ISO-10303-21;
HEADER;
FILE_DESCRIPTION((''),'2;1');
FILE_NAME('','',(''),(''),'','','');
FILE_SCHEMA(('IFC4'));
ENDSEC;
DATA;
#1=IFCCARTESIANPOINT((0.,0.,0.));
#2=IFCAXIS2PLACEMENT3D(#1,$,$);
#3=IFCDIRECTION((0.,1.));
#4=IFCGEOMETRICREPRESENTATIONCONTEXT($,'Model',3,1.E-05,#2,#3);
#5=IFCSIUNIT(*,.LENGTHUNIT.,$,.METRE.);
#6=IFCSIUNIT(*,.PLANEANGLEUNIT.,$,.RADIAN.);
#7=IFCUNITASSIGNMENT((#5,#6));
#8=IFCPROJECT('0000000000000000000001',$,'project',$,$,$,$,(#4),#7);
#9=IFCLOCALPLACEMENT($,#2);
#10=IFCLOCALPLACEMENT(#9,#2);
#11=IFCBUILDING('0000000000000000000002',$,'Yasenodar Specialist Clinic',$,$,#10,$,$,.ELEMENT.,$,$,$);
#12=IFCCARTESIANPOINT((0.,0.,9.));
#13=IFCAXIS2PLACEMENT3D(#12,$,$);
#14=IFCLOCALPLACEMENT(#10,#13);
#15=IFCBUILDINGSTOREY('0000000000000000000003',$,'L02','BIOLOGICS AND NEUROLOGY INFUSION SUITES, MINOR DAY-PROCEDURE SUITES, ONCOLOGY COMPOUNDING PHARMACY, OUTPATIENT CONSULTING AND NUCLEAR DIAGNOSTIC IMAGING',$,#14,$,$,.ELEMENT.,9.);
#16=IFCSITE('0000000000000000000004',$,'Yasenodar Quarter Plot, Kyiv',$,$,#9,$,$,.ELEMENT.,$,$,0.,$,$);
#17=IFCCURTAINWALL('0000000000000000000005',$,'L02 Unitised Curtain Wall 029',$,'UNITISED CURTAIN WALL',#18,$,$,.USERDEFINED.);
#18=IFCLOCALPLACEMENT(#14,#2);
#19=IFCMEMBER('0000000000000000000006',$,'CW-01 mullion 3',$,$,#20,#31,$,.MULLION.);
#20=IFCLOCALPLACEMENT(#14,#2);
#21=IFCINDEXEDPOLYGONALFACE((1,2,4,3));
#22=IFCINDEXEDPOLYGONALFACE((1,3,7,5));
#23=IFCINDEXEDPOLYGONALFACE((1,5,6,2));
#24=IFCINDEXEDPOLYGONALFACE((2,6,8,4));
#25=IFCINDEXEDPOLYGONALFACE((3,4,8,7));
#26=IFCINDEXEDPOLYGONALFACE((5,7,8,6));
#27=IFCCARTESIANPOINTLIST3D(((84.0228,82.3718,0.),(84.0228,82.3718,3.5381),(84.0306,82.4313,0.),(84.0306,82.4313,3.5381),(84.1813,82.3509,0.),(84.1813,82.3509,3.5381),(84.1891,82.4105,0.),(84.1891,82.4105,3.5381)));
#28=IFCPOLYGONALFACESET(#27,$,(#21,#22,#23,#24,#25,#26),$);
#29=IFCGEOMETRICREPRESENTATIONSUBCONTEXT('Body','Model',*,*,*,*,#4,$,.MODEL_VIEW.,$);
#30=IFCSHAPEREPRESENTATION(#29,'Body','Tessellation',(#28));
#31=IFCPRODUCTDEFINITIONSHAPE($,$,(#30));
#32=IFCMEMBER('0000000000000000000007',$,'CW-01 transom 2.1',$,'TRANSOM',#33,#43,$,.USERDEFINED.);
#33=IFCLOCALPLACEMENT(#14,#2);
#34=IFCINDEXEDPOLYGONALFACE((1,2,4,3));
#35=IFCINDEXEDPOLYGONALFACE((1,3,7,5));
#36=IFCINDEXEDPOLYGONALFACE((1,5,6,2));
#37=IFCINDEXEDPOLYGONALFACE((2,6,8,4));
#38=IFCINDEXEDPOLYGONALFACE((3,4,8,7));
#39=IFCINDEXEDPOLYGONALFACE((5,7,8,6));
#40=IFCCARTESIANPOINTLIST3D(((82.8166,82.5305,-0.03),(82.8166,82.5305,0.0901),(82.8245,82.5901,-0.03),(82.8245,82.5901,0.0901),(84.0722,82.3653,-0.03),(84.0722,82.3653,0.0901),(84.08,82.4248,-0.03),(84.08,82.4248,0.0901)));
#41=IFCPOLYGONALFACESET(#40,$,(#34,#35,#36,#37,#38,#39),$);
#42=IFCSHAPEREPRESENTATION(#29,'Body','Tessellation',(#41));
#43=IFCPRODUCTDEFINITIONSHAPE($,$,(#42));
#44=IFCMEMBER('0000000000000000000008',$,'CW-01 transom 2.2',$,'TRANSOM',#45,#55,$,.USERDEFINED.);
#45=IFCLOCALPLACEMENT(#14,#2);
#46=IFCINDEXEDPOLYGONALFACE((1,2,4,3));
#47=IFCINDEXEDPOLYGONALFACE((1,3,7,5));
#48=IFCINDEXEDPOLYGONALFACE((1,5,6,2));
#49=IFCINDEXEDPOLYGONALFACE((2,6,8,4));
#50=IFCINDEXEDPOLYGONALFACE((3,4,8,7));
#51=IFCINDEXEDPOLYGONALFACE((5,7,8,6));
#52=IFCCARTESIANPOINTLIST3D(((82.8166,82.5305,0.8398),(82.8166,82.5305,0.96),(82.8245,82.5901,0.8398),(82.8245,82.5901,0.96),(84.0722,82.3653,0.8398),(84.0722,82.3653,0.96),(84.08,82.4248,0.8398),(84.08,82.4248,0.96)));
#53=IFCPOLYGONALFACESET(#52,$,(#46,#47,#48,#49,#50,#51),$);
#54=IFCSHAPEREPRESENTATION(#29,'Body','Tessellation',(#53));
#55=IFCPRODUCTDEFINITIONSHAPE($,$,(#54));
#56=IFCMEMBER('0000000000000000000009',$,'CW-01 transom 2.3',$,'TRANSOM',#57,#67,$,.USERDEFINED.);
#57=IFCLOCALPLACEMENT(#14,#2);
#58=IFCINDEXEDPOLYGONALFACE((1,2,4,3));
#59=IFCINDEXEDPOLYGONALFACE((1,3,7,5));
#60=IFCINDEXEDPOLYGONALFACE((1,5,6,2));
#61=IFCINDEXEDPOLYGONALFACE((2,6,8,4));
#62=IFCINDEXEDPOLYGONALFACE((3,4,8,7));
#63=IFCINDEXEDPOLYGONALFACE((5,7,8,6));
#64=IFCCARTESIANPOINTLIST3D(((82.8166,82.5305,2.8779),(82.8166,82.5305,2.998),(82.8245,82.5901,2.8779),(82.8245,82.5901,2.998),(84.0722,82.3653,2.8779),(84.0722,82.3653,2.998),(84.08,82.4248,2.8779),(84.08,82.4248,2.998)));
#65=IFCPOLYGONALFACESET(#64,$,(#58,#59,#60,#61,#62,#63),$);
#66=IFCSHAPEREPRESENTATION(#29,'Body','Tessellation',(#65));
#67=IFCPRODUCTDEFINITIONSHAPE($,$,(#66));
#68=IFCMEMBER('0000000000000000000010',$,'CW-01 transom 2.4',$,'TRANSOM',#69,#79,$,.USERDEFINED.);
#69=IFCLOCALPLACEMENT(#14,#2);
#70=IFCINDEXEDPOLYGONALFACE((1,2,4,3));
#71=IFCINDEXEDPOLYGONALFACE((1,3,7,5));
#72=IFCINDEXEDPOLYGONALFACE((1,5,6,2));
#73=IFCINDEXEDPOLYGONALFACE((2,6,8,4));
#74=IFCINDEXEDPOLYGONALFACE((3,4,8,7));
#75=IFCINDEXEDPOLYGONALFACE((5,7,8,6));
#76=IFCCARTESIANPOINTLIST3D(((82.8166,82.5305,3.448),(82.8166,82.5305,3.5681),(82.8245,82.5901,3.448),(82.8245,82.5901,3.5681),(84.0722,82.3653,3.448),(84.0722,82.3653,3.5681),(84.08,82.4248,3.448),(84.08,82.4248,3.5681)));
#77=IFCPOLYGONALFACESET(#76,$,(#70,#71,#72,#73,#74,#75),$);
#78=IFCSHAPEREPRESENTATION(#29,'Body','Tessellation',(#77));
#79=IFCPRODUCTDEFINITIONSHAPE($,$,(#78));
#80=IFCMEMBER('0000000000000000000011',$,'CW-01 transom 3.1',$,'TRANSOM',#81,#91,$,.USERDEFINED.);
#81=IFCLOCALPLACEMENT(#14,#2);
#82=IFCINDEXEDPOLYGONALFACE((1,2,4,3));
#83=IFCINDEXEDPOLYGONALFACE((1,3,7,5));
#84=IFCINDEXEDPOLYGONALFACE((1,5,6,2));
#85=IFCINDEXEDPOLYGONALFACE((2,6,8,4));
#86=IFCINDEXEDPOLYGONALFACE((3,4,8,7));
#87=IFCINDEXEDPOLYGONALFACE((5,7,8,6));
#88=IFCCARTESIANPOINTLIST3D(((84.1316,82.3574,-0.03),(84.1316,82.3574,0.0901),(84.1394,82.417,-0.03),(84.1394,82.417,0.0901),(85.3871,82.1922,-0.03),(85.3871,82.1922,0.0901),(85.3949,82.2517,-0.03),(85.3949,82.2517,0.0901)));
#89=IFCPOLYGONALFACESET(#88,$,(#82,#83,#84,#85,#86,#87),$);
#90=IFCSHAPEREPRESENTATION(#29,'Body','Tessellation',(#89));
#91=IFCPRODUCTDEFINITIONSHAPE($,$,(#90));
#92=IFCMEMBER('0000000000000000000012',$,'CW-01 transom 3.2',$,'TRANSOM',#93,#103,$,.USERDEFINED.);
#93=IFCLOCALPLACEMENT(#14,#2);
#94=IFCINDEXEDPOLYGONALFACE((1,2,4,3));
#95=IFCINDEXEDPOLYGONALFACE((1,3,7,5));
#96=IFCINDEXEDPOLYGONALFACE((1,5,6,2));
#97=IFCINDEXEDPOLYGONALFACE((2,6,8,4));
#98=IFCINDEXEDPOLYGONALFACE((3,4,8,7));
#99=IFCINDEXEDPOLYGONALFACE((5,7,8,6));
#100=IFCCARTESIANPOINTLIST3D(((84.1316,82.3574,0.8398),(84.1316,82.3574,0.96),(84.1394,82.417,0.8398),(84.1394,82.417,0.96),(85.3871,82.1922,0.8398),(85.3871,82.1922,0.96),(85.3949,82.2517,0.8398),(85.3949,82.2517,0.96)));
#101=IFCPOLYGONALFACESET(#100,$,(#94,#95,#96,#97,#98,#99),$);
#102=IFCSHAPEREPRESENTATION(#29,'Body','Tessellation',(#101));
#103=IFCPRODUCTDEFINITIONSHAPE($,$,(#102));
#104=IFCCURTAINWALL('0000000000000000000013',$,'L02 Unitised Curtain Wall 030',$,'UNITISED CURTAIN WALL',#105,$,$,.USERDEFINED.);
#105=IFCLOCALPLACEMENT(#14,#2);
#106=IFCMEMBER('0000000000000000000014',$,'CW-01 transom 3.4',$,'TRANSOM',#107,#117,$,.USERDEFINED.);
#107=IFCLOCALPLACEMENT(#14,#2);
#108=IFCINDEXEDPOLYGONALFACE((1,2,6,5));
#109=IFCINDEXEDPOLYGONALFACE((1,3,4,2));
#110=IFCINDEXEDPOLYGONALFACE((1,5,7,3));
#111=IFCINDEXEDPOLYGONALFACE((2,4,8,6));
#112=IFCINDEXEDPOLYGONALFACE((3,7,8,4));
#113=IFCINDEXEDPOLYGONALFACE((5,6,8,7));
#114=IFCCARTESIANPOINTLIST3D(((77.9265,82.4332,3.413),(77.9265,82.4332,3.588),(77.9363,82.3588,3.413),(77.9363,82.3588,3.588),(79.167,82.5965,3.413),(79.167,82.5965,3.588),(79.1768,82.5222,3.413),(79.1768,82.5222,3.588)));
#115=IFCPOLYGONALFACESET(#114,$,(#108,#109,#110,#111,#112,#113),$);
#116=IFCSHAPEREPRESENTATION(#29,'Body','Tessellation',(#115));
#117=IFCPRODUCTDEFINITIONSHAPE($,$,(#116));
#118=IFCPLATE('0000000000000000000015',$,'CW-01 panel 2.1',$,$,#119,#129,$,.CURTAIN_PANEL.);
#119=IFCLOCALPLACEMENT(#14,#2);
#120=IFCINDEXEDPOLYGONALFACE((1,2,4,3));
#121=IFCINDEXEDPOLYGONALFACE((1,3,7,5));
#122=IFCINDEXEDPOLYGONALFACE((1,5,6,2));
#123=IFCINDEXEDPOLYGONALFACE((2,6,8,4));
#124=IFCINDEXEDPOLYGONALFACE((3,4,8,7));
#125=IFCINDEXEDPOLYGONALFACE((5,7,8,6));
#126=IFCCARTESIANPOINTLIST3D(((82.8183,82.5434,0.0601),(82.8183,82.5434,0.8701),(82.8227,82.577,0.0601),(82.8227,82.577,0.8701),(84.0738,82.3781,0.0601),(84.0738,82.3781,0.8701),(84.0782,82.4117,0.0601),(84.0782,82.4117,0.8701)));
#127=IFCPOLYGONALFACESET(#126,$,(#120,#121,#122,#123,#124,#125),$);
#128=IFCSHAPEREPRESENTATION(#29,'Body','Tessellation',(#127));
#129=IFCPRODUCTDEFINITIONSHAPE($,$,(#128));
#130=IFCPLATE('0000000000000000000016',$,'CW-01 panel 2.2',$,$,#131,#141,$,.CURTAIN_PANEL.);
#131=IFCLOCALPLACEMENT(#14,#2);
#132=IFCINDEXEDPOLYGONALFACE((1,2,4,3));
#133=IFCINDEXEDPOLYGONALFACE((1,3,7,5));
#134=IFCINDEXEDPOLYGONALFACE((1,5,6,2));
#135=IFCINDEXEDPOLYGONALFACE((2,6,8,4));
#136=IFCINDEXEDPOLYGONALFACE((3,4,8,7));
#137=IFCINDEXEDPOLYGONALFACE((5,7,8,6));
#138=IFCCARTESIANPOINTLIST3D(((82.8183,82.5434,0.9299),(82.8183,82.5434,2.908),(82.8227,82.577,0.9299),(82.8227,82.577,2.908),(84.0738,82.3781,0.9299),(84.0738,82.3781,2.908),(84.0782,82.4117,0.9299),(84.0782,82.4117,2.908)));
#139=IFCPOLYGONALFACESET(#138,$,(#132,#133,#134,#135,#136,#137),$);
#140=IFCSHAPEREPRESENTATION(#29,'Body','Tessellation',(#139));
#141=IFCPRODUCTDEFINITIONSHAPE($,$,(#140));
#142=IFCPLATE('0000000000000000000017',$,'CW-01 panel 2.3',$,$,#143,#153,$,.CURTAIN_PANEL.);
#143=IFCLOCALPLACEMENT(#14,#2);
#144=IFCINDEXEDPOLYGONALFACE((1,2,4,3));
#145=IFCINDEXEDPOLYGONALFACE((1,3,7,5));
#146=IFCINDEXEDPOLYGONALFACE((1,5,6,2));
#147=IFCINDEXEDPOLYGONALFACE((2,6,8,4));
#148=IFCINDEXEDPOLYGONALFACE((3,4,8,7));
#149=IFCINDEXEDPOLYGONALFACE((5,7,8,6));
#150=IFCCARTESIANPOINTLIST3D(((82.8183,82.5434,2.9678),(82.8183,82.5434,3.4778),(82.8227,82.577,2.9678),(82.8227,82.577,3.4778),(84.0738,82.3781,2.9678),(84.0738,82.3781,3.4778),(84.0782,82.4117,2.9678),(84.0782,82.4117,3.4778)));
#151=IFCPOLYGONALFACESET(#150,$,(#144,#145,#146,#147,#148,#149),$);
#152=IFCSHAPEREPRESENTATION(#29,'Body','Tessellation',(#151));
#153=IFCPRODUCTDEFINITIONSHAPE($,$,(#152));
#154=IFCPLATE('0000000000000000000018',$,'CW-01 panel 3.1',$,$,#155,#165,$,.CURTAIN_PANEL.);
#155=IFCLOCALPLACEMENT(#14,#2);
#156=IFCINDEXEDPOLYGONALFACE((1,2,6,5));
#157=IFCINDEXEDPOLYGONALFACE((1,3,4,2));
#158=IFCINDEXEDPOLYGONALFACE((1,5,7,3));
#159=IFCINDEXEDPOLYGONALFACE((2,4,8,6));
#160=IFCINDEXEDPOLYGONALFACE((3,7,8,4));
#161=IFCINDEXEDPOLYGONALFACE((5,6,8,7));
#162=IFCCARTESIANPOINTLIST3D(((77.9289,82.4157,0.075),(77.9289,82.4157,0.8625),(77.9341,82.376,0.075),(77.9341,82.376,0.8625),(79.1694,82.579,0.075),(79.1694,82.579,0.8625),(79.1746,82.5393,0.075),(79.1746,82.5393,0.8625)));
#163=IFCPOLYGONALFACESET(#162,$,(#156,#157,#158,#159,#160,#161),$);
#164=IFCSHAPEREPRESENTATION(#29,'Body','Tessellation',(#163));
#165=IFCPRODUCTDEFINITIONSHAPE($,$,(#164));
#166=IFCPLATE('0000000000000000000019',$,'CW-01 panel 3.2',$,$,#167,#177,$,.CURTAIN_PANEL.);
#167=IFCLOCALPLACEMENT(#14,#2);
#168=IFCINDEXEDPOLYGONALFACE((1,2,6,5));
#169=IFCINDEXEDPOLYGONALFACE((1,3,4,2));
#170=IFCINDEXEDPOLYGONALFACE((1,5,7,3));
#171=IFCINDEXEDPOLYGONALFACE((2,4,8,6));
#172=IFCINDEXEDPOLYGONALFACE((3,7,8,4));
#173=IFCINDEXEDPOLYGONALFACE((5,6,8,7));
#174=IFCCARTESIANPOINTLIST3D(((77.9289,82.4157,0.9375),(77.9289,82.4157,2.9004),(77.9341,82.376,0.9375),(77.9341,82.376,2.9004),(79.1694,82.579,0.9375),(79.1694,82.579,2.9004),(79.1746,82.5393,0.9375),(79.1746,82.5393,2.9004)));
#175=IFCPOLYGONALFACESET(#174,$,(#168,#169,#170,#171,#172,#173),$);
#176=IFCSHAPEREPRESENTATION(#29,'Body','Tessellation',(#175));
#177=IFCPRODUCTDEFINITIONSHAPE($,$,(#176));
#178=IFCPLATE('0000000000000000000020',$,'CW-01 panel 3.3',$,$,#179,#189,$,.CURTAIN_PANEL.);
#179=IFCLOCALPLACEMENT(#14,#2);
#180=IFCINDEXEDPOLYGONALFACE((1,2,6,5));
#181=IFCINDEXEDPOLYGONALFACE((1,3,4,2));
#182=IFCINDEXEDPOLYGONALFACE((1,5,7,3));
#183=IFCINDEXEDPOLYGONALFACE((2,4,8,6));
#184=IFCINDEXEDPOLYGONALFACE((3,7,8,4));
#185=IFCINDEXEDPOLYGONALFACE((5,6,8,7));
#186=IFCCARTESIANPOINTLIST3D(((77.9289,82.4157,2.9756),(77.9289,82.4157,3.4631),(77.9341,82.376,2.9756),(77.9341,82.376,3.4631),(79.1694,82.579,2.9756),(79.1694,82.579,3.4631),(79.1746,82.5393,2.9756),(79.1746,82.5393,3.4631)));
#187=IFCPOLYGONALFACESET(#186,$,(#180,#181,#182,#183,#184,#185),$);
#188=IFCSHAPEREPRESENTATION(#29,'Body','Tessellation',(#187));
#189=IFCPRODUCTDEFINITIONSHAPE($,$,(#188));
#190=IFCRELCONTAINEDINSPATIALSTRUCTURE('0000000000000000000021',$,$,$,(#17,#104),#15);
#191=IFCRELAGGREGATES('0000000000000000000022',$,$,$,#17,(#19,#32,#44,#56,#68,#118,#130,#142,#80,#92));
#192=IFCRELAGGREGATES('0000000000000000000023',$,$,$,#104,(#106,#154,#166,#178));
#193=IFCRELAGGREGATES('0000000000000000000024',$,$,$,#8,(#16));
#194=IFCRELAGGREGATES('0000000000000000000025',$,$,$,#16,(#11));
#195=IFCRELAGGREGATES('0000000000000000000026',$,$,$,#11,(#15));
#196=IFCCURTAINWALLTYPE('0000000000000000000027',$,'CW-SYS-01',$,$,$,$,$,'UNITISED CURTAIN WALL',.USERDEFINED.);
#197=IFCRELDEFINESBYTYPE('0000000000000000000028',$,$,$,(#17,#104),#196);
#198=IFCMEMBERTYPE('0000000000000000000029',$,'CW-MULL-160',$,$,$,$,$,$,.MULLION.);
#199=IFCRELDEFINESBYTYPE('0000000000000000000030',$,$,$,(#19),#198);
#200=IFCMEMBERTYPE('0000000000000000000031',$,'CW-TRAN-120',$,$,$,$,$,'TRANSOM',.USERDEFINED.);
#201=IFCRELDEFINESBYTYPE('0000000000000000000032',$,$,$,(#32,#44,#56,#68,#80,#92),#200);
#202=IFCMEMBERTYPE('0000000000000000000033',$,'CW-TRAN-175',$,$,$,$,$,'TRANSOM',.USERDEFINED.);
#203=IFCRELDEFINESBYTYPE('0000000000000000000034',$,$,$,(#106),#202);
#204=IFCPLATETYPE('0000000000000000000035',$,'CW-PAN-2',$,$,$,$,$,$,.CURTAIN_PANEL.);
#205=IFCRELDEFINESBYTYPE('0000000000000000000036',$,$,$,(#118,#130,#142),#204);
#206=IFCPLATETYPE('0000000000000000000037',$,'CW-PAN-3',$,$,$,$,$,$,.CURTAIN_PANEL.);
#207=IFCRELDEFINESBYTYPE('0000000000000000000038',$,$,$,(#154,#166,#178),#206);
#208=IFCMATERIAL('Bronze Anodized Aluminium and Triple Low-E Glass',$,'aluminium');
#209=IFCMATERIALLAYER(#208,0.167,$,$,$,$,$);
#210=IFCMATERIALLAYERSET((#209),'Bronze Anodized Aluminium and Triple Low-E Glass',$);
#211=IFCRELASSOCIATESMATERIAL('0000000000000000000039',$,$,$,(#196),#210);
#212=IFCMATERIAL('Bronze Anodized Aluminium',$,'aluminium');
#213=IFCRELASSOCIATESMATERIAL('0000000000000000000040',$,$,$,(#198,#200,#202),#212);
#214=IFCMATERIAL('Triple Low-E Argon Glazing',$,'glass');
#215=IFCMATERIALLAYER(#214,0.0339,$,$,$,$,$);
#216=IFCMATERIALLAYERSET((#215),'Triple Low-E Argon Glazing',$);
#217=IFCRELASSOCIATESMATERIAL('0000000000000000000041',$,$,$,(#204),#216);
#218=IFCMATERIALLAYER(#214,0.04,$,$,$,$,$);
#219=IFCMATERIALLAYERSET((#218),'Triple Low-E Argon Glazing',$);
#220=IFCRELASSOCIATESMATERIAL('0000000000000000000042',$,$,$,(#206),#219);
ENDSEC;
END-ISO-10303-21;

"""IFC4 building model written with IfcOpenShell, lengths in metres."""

from ifc_helpers import new_model, si_unit, direction, frame, origin, origin_2d, place, context, subcontext, project, spatial, rectangle, extrude, material, layer, layer_set, material_profile, profile_set, type_object, element, aggregate, save


model = new_model("IFC4")

# Units and contexts
model_context = context("Model", 3, precision=1e-05, world=origin(), true_north=direction((0.0, 1.0)))
body_context = subcontext(model_context, "Body", "Model", "MODEL_VIEW")
ifc_project = project(units=[si_unit("LENGTHUNIT", "METRE"), si_unit("PLANEANGLEUNIT", "RADIAN")], contexts=[model_context])

# Site, building, storey
site_placement = place(None, origin())
site = spatial("IfcSite", under=ifc_project, at=site_placement, Name="Yasenodar Quarter Plot, Kyiv", CompositionType="ELEMENT", RefElevation=0.0)
building_placement = place(site_placement, origin())
building = spatial("IfcBuilding", under=site, at=building_placement, Name="Yasenodar Specialist Clinic", CompositionType="ELEMENT")
storey_placement = place(building_placement, frame((0.0, 0.0, 9.0)))
storey = spatial("IfcBuildingStorey", under=building, at=storey_placement, Name="L02", Description="BIOLOGICS AND NEUROLOGY INFUSION SUITES, MINOR DAY-PROCEDURE SUITES, ONCOLOGY COMPOUNDING PHARMACY, OUTPATIENT CONSULTING AND NUCLEAR DIAGNOSTIC IMAGING", CompositionType="ELEMENT", Elevation=9.0)

# Curtain wall, members
ifc_material_1 = material(Name="Bronze Anodized Aluminium and Triple Low-E Glass", Category="aluminium")
ifc_layer_1 = layer(ifc_material_1, 0.167)
ifc_layer_set_1 = layer_set([ifc_layer_1], Name="Bronze Anodized Aluminium and Triple Low-E Glass")
curtain_wall_type = type_object("IfcCurtainWallType", Name="CW-SYS-01", ElementType="UNITISED CURTAIN WALL", PredefinedType="USERDEFINED", material=ifc_layer_set_1)
curtain_wall_1_placement = place(storey_placement, origin())
curtain_wall_1 = element("IfcCurtainWall", 1, at=curtain_wall_1_placement, inside=storey, type_object=curtain_wall_type, Name="L02 Unitised Curtain Wall 029", ObjectType="UNITISED CURTAIN WALL", PredefinedType="USERDEFINED")
ifc_material_2 = material(Name="Bronze Anodized Aluminium", Category="aluminium")
ifc_material_profile_1 = material_profile(ifc_material_2, rectangle(XDim=0.0601, YDim=0.1599, at=origin_2d()), Name="CW-MULL 60x160")
ifc_profile_set_1 = profile_set([ifc_material_profile_1], Name="Bronze Anodized Aluminium")
member_type_1 = type_object("IfcMemberType", Name="CW-MULL-160", PredefinedType="MULLION", material=ifc_profile_set_1)
member_1_placement = place(storey_placement, frame((84.106, 82.3911, 0.0), z_axis=(0.0, 0.0, 1.0), x_axis=(0.130512, 0.991447, 0.0)))
member_1 = element("IfcMember", 2, at=member_1_placement, type_object=member_type_1, Name="CW-01 mullion 3", PredefinedType="MULLION", context=body_context, shape_type="SweptSolid", body=[
    extrude(rectangle(XDim=0.0601, YDim=0.1599, at=origin_2d()), origin(), (0.0, 0.0, 1.0), 3.5381),
])
ifc_material_profile_2 = material_profile(ifc_material_2, rectangle(XDim=0.0601, YDim=0.1201, at=origin_2d()), Name="CW-TRAN 60x120")
ifc_profile_set_2 = profile_set([ifc_material_profile_2], Name="Bronze Anodized Aluminium")
member_type_2 = type_object("IfcMemberType", Name="CW-TRAN-120", ElementType="TRANSOM", PredefinedType="USERDEFINED", material=ifc_profile_set_2)
member_2_placement = place(storey_placement, frame((82.8206, 82.5603, 0.03), z_axis=(0.991447, -0.130509, 0.0), x_axis=(0.130509, 0.991447, 0.0)))
member_2 = element("IfcMember", 3, at=member_2_placement, type_object=member_type_2, Name="CW-01 transom 2.1", ObjectType="TRANSOM", PredefinedType="USERDEFINED", context=body_context, shape_type="SweptSolid", body=[
    extrude(rectangle(XDim=0.0601, YDim=0.1201, at=origin_2d()), origin(), (0.0, 0.0, 1.0), 1.2664),
])
member_3_placement = place(storey_placement, frame((82.8206, 82.5603, 0.8999), z_axis=(0.991447, -0.130509, 0.0), x_axis=(0.130509, 0.991447, 0.0)))
member_3 = element("IfcMember", 4, at=member_3_placement, type_object=member_type_2, Name="CW-01 transom 2.2", ObjectType="TRANSOM", PredefinedType="USERDEFINED", context=body_context, shape_type="SweptSolid", body=[
    extrude(rectangle(XDim=0.0601, YDim=0.1201, at=origin_2d()), origin(), (0.0, 0.0, 1.0), 1.2664),
])
member_4_placement = place(storey_placement, frame((82.8206, 82.5603, 2.938), z_axis=(0.991447, -0.130509, 0.0), x_axis=(0.130509, 0.991447, 0.0)))
member_4 = element("IfcMember", 5, at=member_4_placement, type_object=member_type_2, Name="CW-01 transom 2.3", ObjectType="TRANSOM", PredefinedType="USERDEFINED", context=body_context, shape_type="SweptSolid", body=[
    extrude(rectangle(XDim=0.0601, YDim=0.1201, at=origin_2d()), origin(), (0.0, 0.0, 1.0), 1.2664),
])
member_5_placement = place(storey_placement, frame((82.8206, 82.5603, 3.5081), z_axis=(0.991447, -0.130509, 0.0), x_axis=(0.130509, 0.991447, 0.0)))
member_5 = element("IfcMember", 6, at=member_5_placement, type_object=member_type_2, Name="CW-01 transom 2.4", ObjectType="TRANSOM", PredefinedType="USERDEFINED", context=body_context, shape_type="SweptSolid", body=[
    extrude(rectangle(XDim=0.0601, YDim=0.1201, at=origin_2d()), origin(), (0.0, 0.0, 1.0), 1.2664),
])
member_6_placement = place(storey_placement, frame((84.1355, 82.3872, 0.03), z_axis=(0.991447, -0.130509, 0.0), x_axis=(0.130509, 0.991447, 0.0)))
member_6 = element("IfcMember", 7, at=member_6_placement, type_object=member_type_2, Name="CW-01 transom 3.1", ObjectType="TRANSOM", PredefinedType="USERDEFINED", context=body_context, shape_type="SweptSolid", body=[
    extrude(rectangle(XDim=0.0601, YDim=0.1201, at=origin_2d()), origin(), (0.0, 0.0, 1.0), 1.2664),
])
member_7_placement = place(storey_placement, frame((84.1355, 82.3872, 0.8999), z_axis=(0.991447, -0.130509, 0.0), x_axis=(0.130509, 0.991447, 0.0)))
member_7 = element("IfcMember", 8, at=member_7_placement, type_object=member_type_2, Name="CW-01 transom 3.2", ObjectType="TRANSOM", PredefinedType="USERDEFINED", context=body_context, shape_type="SweptSolid", body=[
    extrude(rectangle(XDim=0.0601, YDim=0.1201, at=origin_2d()), origin(), (0.0, 0.0, 1.0), 1.2664),
])

# Curtain wall, member
curtain_wall_2_placement = place(storey_placement, origin())
curtain_wall_2 = element("IfcCurtainWall", 9, at=curtain_wall_2_placement, inside=storey, type_object=curtain_wall_type, Name="L02 Unitised Curtain Wall 030", ObjectType="UNITISED CURTAIN WALL", PredefinedType="USERDEFINED")
ifc_material_profile_3 = material_profile(ifc_material_2, rectangle(XDim=0.075, YDim=0.175, at=origin_2d()), Name="CW-TRAN 75x175")
ifc_profile_set_3 = profile_set([ifc_material_profile_3], Name="Bronze Anodized Aluminium")
member_type_3 = type_object("IfcMemberType", Name="CW-TRAN-175", ElementType="TRANSOM", PredefinedType="USERDEFINED", material=ifc_profile_set_3)
member_8_placement = place(storey_placement, frame((77.9314, 82.396, 3.5005), z_axis=(0.991443, 0.13054, 0.0), x_axis=(-0.13054, 0.991443, 0.0)))
member_8 = element("IfcMember", 10, at=member_8_placement, type_object=member_type_3, Name="CW-01 transom 3.4", ObjectType="TRANSOM", PredefinedType="USERDEFINED", context=body_context, shape_type="SweptSolid", body=[
    extrude(rectangle(XDim=0.075, YDim=0.175, at=origin_2d()), origin(), (0.0, 0.0, 1.0), 1.2512),
])

# Plates
ifc_material_3 = material(Name="Triple Low-E Argon Glazing", Category="glass")
ifc_layer_2 = layer(ifc_material_3, 0.0339)
ifc_layer_set_2 = layer_set([ifc_layer_2], Name="Triple Low-E Argon Glazing")
plate_type_1 = type_object("IfcPlateType", Name="CW-PAN-2", PredefinedType="CURTAIN_PANEL", material=ifc_layer_set_2)
plate_1_placement = place(storey_placement, frame((83.4482, 82.4775, 0.0601), z_axis=(0.0, 0.0, 1.0), x_axis=(0.991447, -0.130512, 0.0)))
plate_1 = element("IfcPlate", 11, at=plate_1_placement, type_object=plate_type_1, Name="CW-01 panel 2.1", PredefinedType="CURTAIN_PANEL", context=body_context, shape_type="SweptSolid", body=[
    extrude(rectangle(XDim=1.2664, YDim=0.0339, at=origin_2d()), origin(), (0.0, 0.0, 1.0), 0.8101),
])
plate_2_placement = place(storey_placement, frame((83.4482, 82.4775, 0.9299), z_axis=(0.0, 0.0, 1.0), x_axis=(0.991447, -0.130512, 0.0)))
plate_2 = element("IfcPlate", 12, at=plate_2_placement, type_object=plate_type_1, Name="CW-01 panel 2.2", PredefinedType="CURTAIN_PANEL", context=body_context, shape_type="SweptSolid", body=[
    extrude(rectangle(XDim=1.2664, YDim=0.0339, at=origin_2d()), origin(), (0.0, 0.0, 1.0), 1.978),
])
plate_3_placement = place(storey_placement, frame((83.4482, 82.4775, 2.9678), z_axis=(0.0, 0.0, 1.0), x_axis=(0.991447, -0.130512, 0.0)))
plate_3 = element("IfcPlate", 13, at=plate_3_placement, type_object=plate_type_1, Name="CW-01 panel 2.3", PredefinedType="CURTAIN_PANEL", context=body_context, shape_type="SweptSolid", body=[
    extrude(rectangle(XDim=1.2664, YDim=0.0339, at=origin_2d()), origin(), (0.0, 0.0, 1.0), 0.51),
])
aggregate(curtain_wall_1, [member_1, member_2, member_3, member_4, member_5, plate_1, plate_2, plate_3, member_6, member_7])
ifc_layer_3 = layer(ifc_material_3, 0.04)
ifc_layer_set_3 = layer_set([ifc_layer_3], Name="Triple Low-E Argon Glazing")
plate_type_2 = type_object("IfcPlateType", Name="CW-PAN-3", PredefinedType="CURTAIN_PANEL", material=ifc_layer_set_3)
plate_4_placement = place(storey_placement, frame((78.5518, 82.4775, 0.075), z_axis=(0.0, 0.0, 1.0), x_axis=(0.991447, 0.130512, 0.0)))
plate_4 = element("IfcPlate", 14, at=plate_4_placement, type_object=plate_type_2, Name="CW-01 panel 3.1", PredefinedType="CURTAIN_PANEL", context=body_context, shape_type="SweptSolid", body=[
    extrude(rectangle(XDim=1.2512, YDim=0.04, at=origin_2d()), origin(), (0.0, 0.0, 1.0), 0.7876),
])
plate_5_placement = place(storey_placement, frame((78.5518, 82.4775, 0.9375), z_axis=(0.0, 0.0, 1.0), x_axis=(0.991447, 0.130512, 0.0)))
plate_5 = element("IfcPlate", 15, at=plate_5_placement, type_object=plate_type_2, Name="CW-01 panel 3.2", PredefinedType="CURTAIN_PANEL", context=body_context, shape_type="SweptSolid", body=[
    extrude(rectangle(XDim=1.2512, YDim=0.04, at=origin_2d()), origin(), (0.0, 0.0, 1.0), 1.9629),
])
plate_6_placement = place(storey_placement, frame((78.5518, 82.4775, 2.9756), z_axis=(0.0, 0.0, 1.0), x_axis=(0.991447, 0.130512, 0.0)))
plate_6 = element("IfcPlate", 16, at=plate_6_placement, type_object=plate_type_2, Name="CW-01 panel 3.3", PredefinedType="CURTAIN_PANEL", context=body_context, shape_type="SweptSolid", body=[
    extrude(rectangle(XDim=1.2512, YDim=0.04, at=origin_2d()), origin(), (0.0, 0.0, 1.0), 0.4875),
])
aggregate(curtain_wall_2, [member_8, plate_4, plate_5, plate_6])

save(model, "model.ifc")
